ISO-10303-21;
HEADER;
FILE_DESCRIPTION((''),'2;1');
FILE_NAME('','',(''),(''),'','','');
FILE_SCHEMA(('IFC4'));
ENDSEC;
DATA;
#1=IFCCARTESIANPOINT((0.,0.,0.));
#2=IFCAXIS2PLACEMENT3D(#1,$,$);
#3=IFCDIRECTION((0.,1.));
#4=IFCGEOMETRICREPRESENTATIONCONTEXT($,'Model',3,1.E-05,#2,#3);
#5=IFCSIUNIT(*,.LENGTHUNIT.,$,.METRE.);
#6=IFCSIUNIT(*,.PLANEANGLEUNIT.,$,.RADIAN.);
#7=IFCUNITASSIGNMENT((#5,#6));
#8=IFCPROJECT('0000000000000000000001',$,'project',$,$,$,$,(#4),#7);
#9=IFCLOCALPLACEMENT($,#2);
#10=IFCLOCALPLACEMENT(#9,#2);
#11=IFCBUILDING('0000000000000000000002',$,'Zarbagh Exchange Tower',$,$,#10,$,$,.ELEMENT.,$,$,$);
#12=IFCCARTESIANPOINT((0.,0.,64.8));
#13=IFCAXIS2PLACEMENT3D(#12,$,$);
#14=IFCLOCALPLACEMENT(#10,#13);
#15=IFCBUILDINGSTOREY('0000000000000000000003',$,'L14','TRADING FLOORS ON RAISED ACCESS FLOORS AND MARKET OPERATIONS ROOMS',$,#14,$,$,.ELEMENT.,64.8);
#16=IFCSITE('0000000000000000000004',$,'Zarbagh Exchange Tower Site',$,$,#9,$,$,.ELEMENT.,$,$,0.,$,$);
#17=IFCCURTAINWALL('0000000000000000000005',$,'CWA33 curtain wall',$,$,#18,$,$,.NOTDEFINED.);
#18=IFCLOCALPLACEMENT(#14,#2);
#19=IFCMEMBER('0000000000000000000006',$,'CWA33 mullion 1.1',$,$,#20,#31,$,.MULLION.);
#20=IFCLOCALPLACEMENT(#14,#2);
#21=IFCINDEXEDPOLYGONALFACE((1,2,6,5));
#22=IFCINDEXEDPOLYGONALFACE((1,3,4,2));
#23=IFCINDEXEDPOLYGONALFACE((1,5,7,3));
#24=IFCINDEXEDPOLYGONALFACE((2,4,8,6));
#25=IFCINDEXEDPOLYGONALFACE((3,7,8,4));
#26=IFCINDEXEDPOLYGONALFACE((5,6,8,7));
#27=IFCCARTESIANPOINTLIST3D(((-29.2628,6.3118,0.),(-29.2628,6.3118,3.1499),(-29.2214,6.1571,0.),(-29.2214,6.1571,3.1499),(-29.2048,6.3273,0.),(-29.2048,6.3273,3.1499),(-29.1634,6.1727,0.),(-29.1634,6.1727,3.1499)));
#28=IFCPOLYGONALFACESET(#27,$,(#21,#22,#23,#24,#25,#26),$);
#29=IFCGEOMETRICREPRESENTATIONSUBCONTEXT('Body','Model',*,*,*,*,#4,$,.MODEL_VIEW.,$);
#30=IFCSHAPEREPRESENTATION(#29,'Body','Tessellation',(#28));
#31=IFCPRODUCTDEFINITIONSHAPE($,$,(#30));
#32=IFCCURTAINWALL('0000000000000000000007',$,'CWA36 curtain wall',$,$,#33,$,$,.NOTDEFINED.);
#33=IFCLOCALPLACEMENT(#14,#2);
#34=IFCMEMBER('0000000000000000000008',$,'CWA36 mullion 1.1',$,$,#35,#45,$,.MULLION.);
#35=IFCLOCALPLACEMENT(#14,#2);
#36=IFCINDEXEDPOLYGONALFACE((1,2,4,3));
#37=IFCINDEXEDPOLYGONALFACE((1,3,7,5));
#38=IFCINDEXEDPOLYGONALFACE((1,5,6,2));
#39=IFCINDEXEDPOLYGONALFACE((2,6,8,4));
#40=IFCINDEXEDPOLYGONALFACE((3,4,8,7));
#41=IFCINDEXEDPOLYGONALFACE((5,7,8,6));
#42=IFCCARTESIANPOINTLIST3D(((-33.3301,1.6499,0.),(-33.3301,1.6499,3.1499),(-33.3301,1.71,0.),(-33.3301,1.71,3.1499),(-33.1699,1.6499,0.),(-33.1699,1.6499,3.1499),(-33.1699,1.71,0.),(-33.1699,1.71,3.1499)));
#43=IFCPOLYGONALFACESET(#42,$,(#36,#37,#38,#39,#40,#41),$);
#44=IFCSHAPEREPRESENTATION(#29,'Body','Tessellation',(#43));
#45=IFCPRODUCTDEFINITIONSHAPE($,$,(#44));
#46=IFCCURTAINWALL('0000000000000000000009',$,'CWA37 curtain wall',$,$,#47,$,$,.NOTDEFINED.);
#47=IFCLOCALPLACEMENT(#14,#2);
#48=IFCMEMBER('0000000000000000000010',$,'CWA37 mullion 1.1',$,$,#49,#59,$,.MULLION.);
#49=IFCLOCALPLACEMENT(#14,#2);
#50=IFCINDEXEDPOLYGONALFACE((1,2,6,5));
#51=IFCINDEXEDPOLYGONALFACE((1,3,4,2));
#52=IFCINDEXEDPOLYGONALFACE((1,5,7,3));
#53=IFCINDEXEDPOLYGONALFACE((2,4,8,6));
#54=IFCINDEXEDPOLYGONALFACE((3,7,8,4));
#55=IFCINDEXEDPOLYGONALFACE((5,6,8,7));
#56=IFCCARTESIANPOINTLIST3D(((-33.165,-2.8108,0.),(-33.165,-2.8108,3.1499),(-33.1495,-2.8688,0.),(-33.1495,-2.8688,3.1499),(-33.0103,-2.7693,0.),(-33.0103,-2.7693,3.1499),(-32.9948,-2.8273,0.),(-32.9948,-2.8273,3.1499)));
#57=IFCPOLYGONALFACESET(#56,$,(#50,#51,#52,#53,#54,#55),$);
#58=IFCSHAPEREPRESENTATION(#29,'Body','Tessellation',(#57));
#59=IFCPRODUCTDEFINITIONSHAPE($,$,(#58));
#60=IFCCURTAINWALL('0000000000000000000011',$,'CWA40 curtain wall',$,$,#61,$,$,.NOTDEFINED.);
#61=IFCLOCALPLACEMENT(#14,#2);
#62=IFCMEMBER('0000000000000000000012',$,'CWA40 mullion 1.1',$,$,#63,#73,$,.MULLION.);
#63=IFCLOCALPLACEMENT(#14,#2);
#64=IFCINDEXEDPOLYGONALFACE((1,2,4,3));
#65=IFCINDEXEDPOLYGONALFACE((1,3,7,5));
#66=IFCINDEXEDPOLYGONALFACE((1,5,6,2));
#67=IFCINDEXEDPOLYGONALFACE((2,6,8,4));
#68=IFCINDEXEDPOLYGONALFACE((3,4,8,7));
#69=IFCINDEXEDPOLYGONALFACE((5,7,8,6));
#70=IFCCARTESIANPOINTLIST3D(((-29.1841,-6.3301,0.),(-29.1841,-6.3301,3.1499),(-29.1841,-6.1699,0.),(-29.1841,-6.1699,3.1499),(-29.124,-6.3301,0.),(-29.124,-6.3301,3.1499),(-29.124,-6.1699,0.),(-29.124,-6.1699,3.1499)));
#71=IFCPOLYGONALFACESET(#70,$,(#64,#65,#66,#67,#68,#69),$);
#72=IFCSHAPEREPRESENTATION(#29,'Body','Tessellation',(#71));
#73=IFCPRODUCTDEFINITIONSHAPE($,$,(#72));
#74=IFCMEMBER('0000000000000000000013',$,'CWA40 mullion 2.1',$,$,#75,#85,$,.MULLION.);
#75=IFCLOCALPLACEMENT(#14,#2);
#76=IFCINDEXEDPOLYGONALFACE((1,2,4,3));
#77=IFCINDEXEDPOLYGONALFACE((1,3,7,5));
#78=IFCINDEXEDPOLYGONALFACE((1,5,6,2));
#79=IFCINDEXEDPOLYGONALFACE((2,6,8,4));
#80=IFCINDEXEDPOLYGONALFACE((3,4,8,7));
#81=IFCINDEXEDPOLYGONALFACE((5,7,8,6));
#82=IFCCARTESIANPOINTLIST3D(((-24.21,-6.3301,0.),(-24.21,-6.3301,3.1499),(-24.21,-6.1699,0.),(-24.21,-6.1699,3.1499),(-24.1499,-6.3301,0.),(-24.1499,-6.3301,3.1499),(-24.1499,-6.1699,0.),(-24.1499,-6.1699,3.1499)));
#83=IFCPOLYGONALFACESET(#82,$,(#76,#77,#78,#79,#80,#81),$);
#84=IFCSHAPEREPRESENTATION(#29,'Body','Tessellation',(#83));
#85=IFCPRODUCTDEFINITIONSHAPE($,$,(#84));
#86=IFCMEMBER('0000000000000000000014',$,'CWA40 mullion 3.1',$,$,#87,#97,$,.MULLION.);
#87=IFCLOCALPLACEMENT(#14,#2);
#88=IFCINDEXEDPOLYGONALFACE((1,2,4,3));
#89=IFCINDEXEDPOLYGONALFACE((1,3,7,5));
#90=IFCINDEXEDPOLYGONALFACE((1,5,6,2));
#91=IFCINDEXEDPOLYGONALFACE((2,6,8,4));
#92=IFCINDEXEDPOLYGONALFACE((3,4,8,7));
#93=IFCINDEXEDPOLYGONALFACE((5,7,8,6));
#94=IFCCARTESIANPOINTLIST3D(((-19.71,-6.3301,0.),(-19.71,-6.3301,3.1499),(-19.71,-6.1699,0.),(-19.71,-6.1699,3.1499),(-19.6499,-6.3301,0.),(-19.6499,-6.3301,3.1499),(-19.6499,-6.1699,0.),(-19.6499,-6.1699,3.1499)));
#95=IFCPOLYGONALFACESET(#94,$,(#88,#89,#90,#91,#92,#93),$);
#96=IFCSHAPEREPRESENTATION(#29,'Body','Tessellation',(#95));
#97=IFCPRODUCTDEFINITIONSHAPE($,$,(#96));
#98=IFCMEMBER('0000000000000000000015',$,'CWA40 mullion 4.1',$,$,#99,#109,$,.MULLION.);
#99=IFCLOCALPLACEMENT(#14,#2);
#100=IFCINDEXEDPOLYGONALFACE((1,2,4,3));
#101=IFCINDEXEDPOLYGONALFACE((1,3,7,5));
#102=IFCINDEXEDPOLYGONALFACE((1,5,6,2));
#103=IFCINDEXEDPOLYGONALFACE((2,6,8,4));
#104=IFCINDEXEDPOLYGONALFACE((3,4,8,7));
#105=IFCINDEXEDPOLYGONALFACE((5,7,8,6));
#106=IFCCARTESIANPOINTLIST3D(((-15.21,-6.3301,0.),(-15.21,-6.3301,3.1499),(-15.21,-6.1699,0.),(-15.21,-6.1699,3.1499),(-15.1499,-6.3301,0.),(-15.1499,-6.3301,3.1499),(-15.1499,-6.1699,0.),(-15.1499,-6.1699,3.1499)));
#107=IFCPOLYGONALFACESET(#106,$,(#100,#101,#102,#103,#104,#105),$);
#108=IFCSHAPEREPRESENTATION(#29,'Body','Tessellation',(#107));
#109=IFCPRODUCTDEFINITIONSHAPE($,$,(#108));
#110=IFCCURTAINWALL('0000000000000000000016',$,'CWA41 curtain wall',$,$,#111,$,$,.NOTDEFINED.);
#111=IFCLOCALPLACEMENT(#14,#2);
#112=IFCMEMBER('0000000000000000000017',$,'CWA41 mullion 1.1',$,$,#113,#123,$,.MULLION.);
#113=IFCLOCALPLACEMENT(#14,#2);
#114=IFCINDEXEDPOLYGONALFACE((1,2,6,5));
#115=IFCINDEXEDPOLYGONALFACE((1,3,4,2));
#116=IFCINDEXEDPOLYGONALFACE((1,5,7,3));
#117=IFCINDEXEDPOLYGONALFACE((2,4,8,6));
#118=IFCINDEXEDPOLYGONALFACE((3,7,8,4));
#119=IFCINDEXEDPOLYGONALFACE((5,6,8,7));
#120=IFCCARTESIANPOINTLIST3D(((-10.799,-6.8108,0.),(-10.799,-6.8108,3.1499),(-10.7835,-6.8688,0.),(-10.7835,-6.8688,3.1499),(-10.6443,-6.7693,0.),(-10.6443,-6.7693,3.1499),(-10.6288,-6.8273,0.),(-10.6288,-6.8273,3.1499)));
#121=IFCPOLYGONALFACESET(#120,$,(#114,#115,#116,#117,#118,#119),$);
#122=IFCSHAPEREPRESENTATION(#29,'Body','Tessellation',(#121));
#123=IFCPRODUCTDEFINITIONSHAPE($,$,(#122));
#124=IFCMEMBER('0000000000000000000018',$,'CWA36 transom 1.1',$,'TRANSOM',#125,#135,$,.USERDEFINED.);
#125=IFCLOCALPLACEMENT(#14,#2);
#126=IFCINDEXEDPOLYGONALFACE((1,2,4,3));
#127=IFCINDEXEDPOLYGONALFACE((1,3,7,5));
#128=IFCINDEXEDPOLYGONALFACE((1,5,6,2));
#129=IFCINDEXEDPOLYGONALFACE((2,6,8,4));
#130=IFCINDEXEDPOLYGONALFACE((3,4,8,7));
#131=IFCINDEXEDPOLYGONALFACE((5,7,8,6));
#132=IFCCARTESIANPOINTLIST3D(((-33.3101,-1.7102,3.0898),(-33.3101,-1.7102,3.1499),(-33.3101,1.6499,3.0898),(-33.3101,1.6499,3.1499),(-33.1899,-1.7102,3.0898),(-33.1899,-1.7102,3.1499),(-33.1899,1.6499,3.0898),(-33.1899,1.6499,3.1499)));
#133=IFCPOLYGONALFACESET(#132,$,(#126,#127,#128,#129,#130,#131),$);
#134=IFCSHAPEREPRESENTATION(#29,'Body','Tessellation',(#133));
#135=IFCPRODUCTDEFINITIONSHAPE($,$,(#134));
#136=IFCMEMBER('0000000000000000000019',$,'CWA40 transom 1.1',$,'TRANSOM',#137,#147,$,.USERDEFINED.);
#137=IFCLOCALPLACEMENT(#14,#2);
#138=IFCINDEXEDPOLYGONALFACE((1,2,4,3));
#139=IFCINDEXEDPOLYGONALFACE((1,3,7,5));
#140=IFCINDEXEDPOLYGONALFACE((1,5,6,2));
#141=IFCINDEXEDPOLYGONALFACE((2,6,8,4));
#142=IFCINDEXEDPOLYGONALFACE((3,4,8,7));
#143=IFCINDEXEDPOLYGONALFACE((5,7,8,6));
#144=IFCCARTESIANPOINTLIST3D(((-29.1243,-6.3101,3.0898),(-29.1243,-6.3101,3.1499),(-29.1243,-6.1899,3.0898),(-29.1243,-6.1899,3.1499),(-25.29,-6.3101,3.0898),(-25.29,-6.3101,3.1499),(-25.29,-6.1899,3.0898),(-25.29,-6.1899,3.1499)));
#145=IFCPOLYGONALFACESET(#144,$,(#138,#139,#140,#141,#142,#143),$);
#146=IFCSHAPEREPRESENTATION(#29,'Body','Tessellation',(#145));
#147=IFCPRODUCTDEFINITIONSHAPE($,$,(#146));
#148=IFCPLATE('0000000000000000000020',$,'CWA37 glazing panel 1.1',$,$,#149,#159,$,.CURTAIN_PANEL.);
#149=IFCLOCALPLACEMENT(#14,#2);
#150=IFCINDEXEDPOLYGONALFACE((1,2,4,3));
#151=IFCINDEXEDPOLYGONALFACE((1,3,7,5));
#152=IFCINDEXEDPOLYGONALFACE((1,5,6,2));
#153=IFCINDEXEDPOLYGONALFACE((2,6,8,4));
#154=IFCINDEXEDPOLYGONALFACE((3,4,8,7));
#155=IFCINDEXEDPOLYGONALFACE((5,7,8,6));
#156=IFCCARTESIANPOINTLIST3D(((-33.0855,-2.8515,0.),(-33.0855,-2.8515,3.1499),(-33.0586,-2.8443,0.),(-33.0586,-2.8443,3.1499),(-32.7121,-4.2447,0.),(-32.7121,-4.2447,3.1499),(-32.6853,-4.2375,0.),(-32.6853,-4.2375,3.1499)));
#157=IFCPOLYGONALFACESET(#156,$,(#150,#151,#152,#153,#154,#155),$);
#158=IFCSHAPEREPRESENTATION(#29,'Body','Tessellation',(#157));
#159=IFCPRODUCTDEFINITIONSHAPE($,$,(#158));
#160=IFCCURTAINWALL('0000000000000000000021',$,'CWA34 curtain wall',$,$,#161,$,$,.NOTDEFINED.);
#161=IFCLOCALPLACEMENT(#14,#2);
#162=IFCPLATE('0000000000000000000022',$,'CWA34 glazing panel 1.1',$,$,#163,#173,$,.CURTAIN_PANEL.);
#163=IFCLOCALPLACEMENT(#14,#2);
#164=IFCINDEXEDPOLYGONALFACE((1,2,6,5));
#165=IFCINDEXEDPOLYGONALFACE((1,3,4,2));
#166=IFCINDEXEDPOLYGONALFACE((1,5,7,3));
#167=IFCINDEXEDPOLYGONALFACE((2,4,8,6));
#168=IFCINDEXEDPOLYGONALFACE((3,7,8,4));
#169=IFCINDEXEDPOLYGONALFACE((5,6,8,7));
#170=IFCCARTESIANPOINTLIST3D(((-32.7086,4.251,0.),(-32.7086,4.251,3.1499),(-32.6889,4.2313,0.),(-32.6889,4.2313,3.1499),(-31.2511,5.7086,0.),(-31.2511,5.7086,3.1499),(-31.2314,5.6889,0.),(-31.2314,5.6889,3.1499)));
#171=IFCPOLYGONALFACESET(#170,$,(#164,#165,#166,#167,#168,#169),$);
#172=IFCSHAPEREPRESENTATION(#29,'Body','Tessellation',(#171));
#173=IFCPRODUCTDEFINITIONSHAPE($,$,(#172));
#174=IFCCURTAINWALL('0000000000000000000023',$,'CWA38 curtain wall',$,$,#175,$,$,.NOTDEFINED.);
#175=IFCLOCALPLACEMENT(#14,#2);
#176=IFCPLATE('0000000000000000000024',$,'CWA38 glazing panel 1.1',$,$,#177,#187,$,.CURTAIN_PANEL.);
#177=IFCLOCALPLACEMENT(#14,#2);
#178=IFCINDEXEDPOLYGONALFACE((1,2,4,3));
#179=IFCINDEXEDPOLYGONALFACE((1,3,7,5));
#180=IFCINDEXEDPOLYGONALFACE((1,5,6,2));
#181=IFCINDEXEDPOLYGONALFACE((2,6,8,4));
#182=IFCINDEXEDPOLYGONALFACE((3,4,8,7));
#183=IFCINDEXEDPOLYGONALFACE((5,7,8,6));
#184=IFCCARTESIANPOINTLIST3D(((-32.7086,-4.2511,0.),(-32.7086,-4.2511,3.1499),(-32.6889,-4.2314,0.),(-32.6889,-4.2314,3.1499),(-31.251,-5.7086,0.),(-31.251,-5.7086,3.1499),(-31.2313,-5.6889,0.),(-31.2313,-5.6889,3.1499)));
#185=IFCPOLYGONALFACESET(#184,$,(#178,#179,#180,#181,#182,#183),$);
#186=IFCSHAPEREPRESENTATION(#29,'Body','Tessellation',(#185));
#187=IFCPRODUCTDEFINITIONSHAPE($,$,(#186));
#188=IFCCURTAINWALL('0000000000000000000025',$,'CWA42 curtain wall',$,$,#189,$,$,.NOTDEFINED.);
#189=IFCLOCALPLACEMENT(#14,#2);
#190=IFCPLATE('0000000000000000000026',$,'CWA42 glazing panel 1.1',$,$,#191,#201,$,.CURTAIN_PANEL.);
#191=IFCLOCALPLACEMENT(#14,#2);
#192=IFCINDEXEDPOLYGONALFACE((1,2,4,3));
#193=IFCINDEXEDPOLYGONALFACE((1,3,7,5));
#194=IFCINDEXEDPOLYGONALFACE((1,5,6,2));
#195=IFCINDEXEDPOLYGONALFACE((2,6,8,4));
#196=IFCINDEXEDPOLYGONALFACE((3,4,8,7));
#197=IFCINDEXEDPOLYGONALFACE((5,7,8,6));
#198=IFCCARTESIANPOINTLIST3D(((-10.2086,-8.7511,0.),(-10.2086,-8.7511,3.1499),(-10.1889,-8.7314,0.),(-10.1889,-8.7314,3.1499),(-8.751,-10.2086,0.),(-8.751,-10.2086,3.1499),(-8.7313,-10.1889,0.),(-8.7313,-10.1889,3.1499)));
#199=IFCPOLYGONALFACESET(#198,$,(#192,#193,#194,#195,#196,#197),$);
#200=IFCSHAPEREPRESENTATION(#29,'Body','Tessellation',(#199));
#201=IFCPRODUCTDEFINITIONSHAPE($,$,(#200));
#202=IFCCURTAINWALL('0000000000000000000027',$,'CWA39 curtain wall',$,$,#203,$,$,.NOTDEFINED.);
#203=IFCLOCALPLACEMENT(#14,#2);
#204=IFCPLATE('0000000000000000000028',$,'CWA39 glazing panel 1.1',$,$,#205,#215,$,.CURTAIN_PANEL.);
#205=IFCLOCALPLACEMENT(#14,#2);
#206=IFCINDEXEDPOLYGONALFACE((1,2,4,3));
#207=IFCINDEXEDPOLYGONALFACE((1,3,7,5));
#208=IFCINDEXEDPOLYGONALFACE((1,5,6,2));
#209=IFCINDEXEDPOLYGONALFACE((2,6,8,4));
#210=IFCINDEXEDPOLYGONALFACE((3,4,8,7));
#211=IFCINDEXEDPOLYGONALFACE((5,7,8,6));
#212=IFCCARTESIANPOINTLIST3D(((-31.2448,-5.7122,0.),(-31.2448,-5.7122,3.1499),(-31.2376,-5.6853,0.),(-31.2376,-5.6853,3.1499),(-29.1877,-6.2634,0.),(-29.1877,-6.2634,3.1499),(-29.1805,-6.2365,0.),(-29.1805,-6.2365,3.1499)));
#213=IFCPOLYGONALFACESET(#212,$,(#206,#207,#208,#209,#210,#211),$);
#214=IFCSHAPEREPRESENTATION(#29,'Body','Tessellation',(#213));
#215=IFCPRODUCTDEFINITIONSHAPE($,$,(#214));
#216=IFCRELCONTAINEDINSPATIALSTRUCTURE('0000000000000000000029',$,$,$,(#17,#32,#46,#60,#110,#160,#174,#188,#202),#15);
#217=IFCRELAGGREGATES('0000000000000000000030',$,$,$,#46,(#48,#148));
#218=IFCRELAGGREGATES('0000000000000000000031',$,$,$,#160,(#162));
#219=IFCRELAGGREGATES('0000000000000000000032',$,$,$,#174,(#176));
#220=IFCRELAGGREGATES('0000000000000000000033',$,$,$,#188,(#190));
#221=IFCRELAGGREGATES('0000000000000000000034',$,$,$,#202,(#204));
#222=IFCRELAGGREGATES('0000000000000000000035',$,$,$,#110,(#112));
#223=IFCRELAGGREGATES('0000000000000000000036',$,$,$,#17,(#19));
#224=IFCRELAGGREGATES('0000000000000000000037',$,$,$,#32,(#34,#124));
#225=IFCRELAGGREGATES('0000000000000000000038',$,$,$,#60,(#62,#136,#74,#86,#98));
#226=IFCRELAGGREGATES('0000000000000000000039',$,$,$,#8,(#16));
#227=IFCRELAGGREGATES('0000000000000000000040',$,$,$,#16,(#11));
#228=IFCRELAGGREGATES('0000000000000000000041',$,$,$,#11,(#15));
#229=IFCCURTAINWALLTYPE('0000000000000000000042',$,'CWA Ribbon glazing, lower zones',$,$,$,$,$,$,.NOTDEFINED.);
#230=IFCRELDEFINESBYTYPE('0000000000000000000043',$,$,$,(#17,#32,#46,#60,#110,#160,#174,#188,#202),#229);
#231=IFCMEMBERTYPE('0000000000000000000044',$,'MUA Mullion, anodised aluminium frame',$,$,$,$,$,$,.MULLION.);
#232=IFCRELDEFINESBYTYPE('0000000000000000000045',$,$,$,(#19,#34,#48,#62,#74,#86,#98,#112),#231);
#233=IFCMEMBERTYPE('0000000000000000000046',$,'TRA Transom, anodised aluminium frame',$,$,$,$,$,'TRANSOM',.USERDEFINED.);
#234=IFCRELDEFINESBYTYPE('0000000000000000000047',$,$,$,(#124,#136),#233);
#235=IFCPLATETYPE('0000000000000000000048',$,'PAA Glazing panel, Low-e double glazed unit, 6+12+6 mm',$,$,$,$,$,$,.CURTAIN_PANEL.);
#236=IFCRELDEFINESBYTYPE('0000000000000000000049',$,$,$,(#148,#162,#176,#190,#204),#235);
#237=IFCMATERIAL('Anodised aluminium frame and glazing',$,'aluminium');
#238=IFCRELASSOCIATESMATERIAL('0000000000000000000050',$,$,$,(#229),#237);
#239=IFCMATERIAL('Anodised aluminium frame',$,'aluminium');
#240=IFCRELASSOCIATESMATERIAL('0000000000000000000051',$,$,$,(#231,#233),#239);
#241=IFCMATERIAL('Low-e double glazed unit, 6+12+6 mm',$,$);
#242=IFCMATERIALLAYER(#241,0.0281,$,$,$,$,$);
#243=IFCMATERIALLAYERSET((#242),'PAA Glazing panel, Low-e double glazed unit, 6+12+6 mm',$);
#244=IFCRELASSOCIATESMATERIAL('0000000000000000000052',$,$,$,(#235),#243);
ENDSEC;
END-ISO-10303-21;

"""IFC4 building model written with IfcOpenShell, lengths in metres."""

from ifc_helpers import new_model, si_unit, direction, frame, origin, place, context, subcontext, project, spatial, polyline, outline, extrude, source, transform, mapped, material, layer, layer_set, type_object, element, aggregate, save


model = new_model("IFC4")

# Units and contexts
model_context = context("Model", 3, precision=1e-05, world=origin(), true_north=direction((0.0, 1.0)))
body_context = subcontext(model_context, "Body", "Model", "MODEL_VIEW")
ifc_project = project(units=[si_unit("LENGTHUNIT", "METRE"), si_unit("PLANEANGLEUNIT", "RADIAN")], contexts=[model_context])

# Site, building, storey
site_placement = place(None, origin())
site = spatial("IfcSite", under=ifc_project, at=site_placement, Name="Zarbagh Exchange Tower Site", CompositionType="ELEMENT", RefElevation=0.0)
building_placement = place(site_placement, origin())
building = spatial("IfcBuilding", under=site, at=building_placement, Name="Zarbagh Exchange Tower", CompositionType="ELEMENT")
storey_placement = place(building_placement, frame((0.0, 0.0, 64.8)))
storey = spatial("IfcBuildingStorey", under=building, at=storey_placement, Name="L14", Description="TRADING FLOORS ON RAISED ACCESS FLOORS AND MARKET OPERATIONS ROOMS", CompositionType="ELEMENT", Elevation=64.8)

# Curtain walls, members
ifc_material_1 = material(Name="Anodised aluminium frame and glazing", Category="aluminium")
curtain_wall_type = type_object("IfcCurtainWallType", Name="CWA Ribbon glazing, lower zones", PredefinedType="NOTDEFINED", material=ifc_material_1)
curtain_wall_1_placement = place(storey_placement, origin())
curtain_wall_1 = element("IfcCurtainWall", 1, at=curtain_wall_1_placement, inside=storey, type_object=curtain_wall_type, Name="CWA33 curtain wall", PredefinedType="NOTDEFINED")
ifc_material_2 = material(Name="Anodised aluminium frame", Category="aluminium")
member_type_1 = type_object("IfcMemberType", Name="MUA Mullion, anodised aluminium frame", PredefinedType="MULLION", material=ifc_material_2)
shared_shape_1 = source(origin(), body_context, "Body", "SweptSolid", [
    extrude(outline(polyline([(0.0, -0.0801), (0.0601, -0.0801), (0.0601, 0.0801), (0.0, 0.0801), (0.0, -0.0801)])), origin(), (0.0, 0.0, 1.0), 3.1499),
])
placement = place(storey_placement, origin())
member_1 = element("IfcMember", 2, at=placement, type_object=member_type_1, Name="CWA33 mullion 1.1", PredefinedType="MULLION", context=body_context, shape_type="MappedRepresentation", body=[
    mapped(shared_shape_1, transform((-29.1841, 6.25, 0.0), x_axis=(-0.965924, -0.258825, 0.0), y_axis=(0.258825, -0.965924, 0.0), z_axis=(0.0, 0.0, 1.0))),
])
curtain_wall_2_placement = place(storey_placement, origin())
curtain_wall_2 = element("IfcCurtainWall", 3, at=curtain_wall_2_placement, inside=storey, type_object=curtain_wall_type, Name="CWA36 curtain wall", PredefinedType="NOTDEFINED")
member_2 = element("IfcMember", 4, at=placement, type_object=member_type_1, Name="CWA36 mullion 1.1", PredefinedType="MULLION", context=body_context, shape_type="MappedRepresentation", body=[
    mapped(shared_shape_1, transform((-33.25, 1.71, 0.0), x_axis=(0.0, -1.0, 0.0), y_axis=(1.0, 0.0, 0.0), z_axis=(0.0, 0.0, 1.0))),
])
curtain_wall_3_placement = place(storey_placement, origin())
curtain_wall_3 = element("IfcCurtainWall", 5, at=curtain_wall_3_placement, inside=storey, type_object=curtain_wall_type, Name="CWA37 curtain wall", PredefinedType="NOTDEFINED")
member_3 = element("IfcMember", 6, at=placement, type_object=member_type_1, Name="CWA37 mullion 1.1", PredefinedType="MULLION", context=body_context, shape_type="MappedRepresentation", body=[
    mapped(shared_shape_1, transform((-33.0876, -2.79, 0.0), x_axis=(0.258825, -0.965924, 0.0), y_axis=(0.965924, 0.258825, 0.0), z_axis=(0.0, 0.0, 1.0))),
])

# Curtain wall, members
curtain_wall_4_placement = place(storey_placement, origin())
curtain_wall_4 = element("IfcCurtainWall", 7, at=curtain_wall_4_placement, inside=storey, type_object=curtain_wall_type, Name="CWA40 curtain wall", PredefinedType="NOTDEFINED")
member_4 = element("IfcMember", 8, at=placement, type_object=member_type_1, Name="CWA40 mullion 1.1", PredefinedType="MULLION", context=body_context, shape_type="MappedRepresentation", body=[
    mapped(shared_shape_1, transform((-29.1841, -6.25, 0.0), x_axis=(1.0, 0.0, 0.0), y_axis=(0.0, 1.0, 0.0), z_axis=(0.0, 0.0, 1.0))),
])
member_5 = element("IfcMember", 9, at=placement, type_object=member_type_1, Name="CWA40 mullion 2.1", PredefinedType="MULLION", context=body_context, shape_type="MappedRepresentation", body=[
    mapped(shared_shape_1, transform((-24.21, -6.25, 0.0), x_axis=(1.0, 0.0, 0.0), y_axis=(0.0, 1.0, 0.0), z_axis=(0.0, 0.0, 1.0))),
])
member_6 = element("IfcMember", 10, at=placement, type_object=member_type_1, Name="CWA40 mullion 3.1", PredefinedType="MULLION", context=body_context, shape_type="MappedRepresentation", body=[
    mapped(shared_shape_1, transform((-19.71, -6.25, 0.0), x_axis=(1.0, 0.0, 0.0), y_axis=(0.0, 1.0, 0.0), z_axis=(0.0, 0.0, 1.0))),
])
member_7 = element("IfcMember", 11, at=placement, type_object=member_type_1, Name="CWA40 mullion 4.1", PredefinedType="MULLION", context=body_context, shape_type="MappedRepresentation", body=[
    mapped(shared_shape_1, transform((-15.21, -6.25, 0.0), x_axis=(1.0, 0.0, 0.0), y_axis=(0.0, 1.0, 0.0), z_axis=(0.0, 0.0, 1.0))),
])

# Curtain wall, member
curtain_wall_5_placement = place(storey_placement, origin())
curtain_wall_5 = element("IfcCurtainWall", 12, at=curtain_wall_5_placement, inside=storey, type_object=curtain_wall_type, Name="CWA41 curtain wall", PredefinedType="NOTDEFINED")
member_8 = element("IfcMember", 13, at=placement, type_object=member_type_1, Name="CWA41 mullion 1.1", PredefinedType="MULLION", context=body_context, shape_type="MappedRepresentation", body=[
    mapped(shared_shape_1, transform((-10.7217, -6.79, 0.0), x_axis=(0.258825, -0.965924, 0.0), y_axis=(0.965924, 0.258825, 0.0), z_axis=(0.0, 0.0, 1.0))),
])

# Members
member_type_2 = type_object("IfcMemberType", Name="TRA Transom, anodised aluminium frame", ElementType="TRANSOM", PredefinedType="USERDEFINED", material=ifc_material_2)
shared_shape_2 = source(origin(), body_context, "Body", "SweptSolid", [
    extrude(outline(polyline([(-0.0601, -0.0601), (0.0, -0.0601), (0.0, 0.0601), (-0.0601, 0.0601), (-0.0601, -0.0601)])), origin(), (0.0, 0.0, 1.0), 3.3601),
])
member_9 = element("IfcMember", 14, at=placement, type_object=member_type_2, Name="CWA36 transom 1.1", ObjectType="TRANSOM", PredefinedType="USERDEFINED", context=body_context, shape_type="MappedRepresentation", body=[
    mapped(shared_shape_2, transform((-33.25, 1.6499, 3.1499), x_axis=(0.0, 0.0, 1.0), y_axis=(-1.0, 0.0, 0.0), z_axis=(0.0, -1.0, 0.0))),
])
shared_shape_3 = source(origin(), body_context, "Body", "SweptSolid", [
    extrude(outline(polyline([(-0.0601, -0.0601), (0.0, -0.0601), (0.0, 0.0601), (-0.0601, 0.0601), (-0.0601, -0.0601)])), origin(), (0.0, 0.0, 1.0), 3.8342),
])
member_10 = element("IfcMember", 15, at=placement, type_object=member_type_2, Name="CWA40 transom 1.1", ObjectType="TRANSOM", PredefinedType="USERDEFINED", context=body_context, shape_type="MappedRepresentation", body=[
    mapped(shared_shape_3, transform((-29.1243, -6.25, 3.1499), x_axis=(0.0, 0.0, 1.0), y_axis=(0.0, -1.0, 0.0), z_axis=(1.0, 0.0, 0.0))),
])

# Plate
ifc_material_3 = material(Name="Low-e double glazed unit, 6+12+6 mm")
ifc_layer = layer(ifc_material_3, 0.0281)
ifc_layer_set = layer_set([ifc_layer], Name="PAA Glazing panel, Low-e double glazed unit, 6+12+6 mm")
plate_type = type_object("IfcPlateType", Name="PAA Glazing panel, Low-e double glazed unit, 6+12+6 mm", PredefinedType="CURTAIN_PANEL", material=ifc_layer_set)
shared_shape_4 = source(origin(), body_context, "Body", "SweptSolid", [
    extrude(outline(polyline([(0.0, -0.0139), (1.4424, -0.0139), (1.4424, 0.0139), (0.0, 0.0139), (0.0, -0.0139)])), origin(), (0.0, 0.0, 1.0), 3.1499),
])
plate_1 = element("IfcPlate", 16, at=placement, type_object=plate_type, Name="CWA37 glazing panel 1.1", PredefinedType="CURTAIN_PANEL", context=body_context, shape_type="MappedRepresentation", body=[
    mapped(shared_shape_4, transform((-33.072, -2.8479, 0.0), x_axis=(0.258825, -0.965924, 0.0), y_axis=(0.965924, 0.258825, 0.0), z_axis=(0.0, 0.0, 1.0))),
])
aggregate(curtain_wall_3, [member_3, plate_1])

# Curtain walls, plates
curtain_wall_6_placement = place(storey_placement, origin())
curtain_wall_6 = element("IfcCurtainWall", 17, at=curtain_wall_6_placement, inside=storey, type_object=curtain_wall_type, Name="CWA34 curtain wall", PredefinedType="NOTDEFINED")
shared_shape_5 = source(origin(), body_context, "Body", "SweptSolid", [
    extrude(outline(polyline([(0.0, -0.0139), (2.0613, -0.0139), (2.0613, 0.0139), (0.0, 0.0139), (0.0, -0.0139)])), origin(), (0.0, 0.0, 1.0), 3.1499),
])
plate_2 = element("IfcPlate", 18, at=placement, type_object=plate_type, Name="CWA34 glazing panel 1.1", PredefinedType="CURTAIN_PANEL", context=body_context, shape_type="MappedRepresentation", body=[
    mapped(shared_shape_5, transform((-31.2412, 5.6987, 0.0), x_axis=(-0.707107, -0.707107, 0.0), y_axis=(0.707107, -0.707107, 0.0), z_axis=(0.0, 0.0, 1.0))),
])
aggregate(curtain_wall_6, [plate_2])
curtain_wall_7_placement = place(storey_placement, origin())
curtain_wall_7 = element("IfcCurtainWall", 19, at=curtain_wall_7_placement, inside=storey, type_object=curtain_wall_type, Name="CWA38 curtain wall", PredefinedType="NOTDEFINED")
plate_3 = element("IfcPlate", 20, at=placement, type_object=plate_type, Name="CWA38 glazing panel 1.1", PredefinedType="CURTAIN_PANEL", context=body_context, shape_type="MappedRepresentation", body=[
    mapped(shared_shape_5, transform((-32.6987, -4.2412, 0.0), x_axis=(0.707107, -0.707107, 0.0), y_axis=(0.707107, 0.707107, 0.0), z_axis=(0.0, 0.0, 1.0))),
])
aggregate(curtain_wall_7, [plate_3])
curtain_wall_8_placement = place(storey_placement, origin())
curtain_wall_8 = element("IfcCurtainWall", 21, at=curtain_wall_8_placement, inside=storey, type_object=curtain_wall_type, Name="CWA42 curtain wall", PredefinedType="NOTDEFINED")
plate_4 = element("IfcPlate", 22, at=placement, type_object=plate_type, Name="CWA42 glazing panel 1.1", PredefinedType="CURTAIN_PANEL", context=body_context, shape_type="MappedRepresentation", body=[
    mapped(shared_shape_5, transform((-10.1987, -8.7412, 0.0), x_axis=(0.707107, -0.707107, 0.0), y_axis=(0.707107, 0.707107, 0.0), z_axis=(0.0, 0.0, 1.0))),
])
aggregate(curtain_wall_8, [plate_4])
curtain_wall_9_placement = place(storey_placement, origin())
curtain_wall_9 = element("IfcCurtainWall", 23, at=curtain_wall_9_placement, inside=storey, type_object=curtain_wall_type, Name="CWA39 curtain wall", PredefinedType="NOTDEFINED")
shared_shape_6 = source(origin(), body_context, "Body", "SweptSolid", [
    extrude(outline(polyline([(0.0, -0.0139), (2.1296, -0.0139), (2.1296, 0.0139), (0.0, 0.0139), (0.0, -0.0139)])), origin(), (0.0, 0.0, 1.0), 3.1499),
])
plate_5 = element("IfcPlate", 24, at=placement, type_object=plate_type, Name="CWA39 glazing panel 1.1", PredefinedType="CURTAIN_PANEL", context=body_context, shape_type="MappedRepresentation", body=[
    mapped(shared_shape_6, transform((-31.2412, -5.6987, 0.0), x_axis=(0.965924, -0.258825, 0.0), y_axis=(0.258825, 0.965924, 0.0), z_axis=(0.0, 0.0, 1.0))),
])
aggregate(curtain_wall_9, [plate_5])

aggregate(curtain_wall_5, [member_8])

aggregate(curtain_wall_1, [member_1])

aggregate(curtain_wall_2, [member_2, member_9])
aggregate(curtain_wall_4, [member_4, member_10, member_5, member_6, member_7])

save(model, "model.ifc")
